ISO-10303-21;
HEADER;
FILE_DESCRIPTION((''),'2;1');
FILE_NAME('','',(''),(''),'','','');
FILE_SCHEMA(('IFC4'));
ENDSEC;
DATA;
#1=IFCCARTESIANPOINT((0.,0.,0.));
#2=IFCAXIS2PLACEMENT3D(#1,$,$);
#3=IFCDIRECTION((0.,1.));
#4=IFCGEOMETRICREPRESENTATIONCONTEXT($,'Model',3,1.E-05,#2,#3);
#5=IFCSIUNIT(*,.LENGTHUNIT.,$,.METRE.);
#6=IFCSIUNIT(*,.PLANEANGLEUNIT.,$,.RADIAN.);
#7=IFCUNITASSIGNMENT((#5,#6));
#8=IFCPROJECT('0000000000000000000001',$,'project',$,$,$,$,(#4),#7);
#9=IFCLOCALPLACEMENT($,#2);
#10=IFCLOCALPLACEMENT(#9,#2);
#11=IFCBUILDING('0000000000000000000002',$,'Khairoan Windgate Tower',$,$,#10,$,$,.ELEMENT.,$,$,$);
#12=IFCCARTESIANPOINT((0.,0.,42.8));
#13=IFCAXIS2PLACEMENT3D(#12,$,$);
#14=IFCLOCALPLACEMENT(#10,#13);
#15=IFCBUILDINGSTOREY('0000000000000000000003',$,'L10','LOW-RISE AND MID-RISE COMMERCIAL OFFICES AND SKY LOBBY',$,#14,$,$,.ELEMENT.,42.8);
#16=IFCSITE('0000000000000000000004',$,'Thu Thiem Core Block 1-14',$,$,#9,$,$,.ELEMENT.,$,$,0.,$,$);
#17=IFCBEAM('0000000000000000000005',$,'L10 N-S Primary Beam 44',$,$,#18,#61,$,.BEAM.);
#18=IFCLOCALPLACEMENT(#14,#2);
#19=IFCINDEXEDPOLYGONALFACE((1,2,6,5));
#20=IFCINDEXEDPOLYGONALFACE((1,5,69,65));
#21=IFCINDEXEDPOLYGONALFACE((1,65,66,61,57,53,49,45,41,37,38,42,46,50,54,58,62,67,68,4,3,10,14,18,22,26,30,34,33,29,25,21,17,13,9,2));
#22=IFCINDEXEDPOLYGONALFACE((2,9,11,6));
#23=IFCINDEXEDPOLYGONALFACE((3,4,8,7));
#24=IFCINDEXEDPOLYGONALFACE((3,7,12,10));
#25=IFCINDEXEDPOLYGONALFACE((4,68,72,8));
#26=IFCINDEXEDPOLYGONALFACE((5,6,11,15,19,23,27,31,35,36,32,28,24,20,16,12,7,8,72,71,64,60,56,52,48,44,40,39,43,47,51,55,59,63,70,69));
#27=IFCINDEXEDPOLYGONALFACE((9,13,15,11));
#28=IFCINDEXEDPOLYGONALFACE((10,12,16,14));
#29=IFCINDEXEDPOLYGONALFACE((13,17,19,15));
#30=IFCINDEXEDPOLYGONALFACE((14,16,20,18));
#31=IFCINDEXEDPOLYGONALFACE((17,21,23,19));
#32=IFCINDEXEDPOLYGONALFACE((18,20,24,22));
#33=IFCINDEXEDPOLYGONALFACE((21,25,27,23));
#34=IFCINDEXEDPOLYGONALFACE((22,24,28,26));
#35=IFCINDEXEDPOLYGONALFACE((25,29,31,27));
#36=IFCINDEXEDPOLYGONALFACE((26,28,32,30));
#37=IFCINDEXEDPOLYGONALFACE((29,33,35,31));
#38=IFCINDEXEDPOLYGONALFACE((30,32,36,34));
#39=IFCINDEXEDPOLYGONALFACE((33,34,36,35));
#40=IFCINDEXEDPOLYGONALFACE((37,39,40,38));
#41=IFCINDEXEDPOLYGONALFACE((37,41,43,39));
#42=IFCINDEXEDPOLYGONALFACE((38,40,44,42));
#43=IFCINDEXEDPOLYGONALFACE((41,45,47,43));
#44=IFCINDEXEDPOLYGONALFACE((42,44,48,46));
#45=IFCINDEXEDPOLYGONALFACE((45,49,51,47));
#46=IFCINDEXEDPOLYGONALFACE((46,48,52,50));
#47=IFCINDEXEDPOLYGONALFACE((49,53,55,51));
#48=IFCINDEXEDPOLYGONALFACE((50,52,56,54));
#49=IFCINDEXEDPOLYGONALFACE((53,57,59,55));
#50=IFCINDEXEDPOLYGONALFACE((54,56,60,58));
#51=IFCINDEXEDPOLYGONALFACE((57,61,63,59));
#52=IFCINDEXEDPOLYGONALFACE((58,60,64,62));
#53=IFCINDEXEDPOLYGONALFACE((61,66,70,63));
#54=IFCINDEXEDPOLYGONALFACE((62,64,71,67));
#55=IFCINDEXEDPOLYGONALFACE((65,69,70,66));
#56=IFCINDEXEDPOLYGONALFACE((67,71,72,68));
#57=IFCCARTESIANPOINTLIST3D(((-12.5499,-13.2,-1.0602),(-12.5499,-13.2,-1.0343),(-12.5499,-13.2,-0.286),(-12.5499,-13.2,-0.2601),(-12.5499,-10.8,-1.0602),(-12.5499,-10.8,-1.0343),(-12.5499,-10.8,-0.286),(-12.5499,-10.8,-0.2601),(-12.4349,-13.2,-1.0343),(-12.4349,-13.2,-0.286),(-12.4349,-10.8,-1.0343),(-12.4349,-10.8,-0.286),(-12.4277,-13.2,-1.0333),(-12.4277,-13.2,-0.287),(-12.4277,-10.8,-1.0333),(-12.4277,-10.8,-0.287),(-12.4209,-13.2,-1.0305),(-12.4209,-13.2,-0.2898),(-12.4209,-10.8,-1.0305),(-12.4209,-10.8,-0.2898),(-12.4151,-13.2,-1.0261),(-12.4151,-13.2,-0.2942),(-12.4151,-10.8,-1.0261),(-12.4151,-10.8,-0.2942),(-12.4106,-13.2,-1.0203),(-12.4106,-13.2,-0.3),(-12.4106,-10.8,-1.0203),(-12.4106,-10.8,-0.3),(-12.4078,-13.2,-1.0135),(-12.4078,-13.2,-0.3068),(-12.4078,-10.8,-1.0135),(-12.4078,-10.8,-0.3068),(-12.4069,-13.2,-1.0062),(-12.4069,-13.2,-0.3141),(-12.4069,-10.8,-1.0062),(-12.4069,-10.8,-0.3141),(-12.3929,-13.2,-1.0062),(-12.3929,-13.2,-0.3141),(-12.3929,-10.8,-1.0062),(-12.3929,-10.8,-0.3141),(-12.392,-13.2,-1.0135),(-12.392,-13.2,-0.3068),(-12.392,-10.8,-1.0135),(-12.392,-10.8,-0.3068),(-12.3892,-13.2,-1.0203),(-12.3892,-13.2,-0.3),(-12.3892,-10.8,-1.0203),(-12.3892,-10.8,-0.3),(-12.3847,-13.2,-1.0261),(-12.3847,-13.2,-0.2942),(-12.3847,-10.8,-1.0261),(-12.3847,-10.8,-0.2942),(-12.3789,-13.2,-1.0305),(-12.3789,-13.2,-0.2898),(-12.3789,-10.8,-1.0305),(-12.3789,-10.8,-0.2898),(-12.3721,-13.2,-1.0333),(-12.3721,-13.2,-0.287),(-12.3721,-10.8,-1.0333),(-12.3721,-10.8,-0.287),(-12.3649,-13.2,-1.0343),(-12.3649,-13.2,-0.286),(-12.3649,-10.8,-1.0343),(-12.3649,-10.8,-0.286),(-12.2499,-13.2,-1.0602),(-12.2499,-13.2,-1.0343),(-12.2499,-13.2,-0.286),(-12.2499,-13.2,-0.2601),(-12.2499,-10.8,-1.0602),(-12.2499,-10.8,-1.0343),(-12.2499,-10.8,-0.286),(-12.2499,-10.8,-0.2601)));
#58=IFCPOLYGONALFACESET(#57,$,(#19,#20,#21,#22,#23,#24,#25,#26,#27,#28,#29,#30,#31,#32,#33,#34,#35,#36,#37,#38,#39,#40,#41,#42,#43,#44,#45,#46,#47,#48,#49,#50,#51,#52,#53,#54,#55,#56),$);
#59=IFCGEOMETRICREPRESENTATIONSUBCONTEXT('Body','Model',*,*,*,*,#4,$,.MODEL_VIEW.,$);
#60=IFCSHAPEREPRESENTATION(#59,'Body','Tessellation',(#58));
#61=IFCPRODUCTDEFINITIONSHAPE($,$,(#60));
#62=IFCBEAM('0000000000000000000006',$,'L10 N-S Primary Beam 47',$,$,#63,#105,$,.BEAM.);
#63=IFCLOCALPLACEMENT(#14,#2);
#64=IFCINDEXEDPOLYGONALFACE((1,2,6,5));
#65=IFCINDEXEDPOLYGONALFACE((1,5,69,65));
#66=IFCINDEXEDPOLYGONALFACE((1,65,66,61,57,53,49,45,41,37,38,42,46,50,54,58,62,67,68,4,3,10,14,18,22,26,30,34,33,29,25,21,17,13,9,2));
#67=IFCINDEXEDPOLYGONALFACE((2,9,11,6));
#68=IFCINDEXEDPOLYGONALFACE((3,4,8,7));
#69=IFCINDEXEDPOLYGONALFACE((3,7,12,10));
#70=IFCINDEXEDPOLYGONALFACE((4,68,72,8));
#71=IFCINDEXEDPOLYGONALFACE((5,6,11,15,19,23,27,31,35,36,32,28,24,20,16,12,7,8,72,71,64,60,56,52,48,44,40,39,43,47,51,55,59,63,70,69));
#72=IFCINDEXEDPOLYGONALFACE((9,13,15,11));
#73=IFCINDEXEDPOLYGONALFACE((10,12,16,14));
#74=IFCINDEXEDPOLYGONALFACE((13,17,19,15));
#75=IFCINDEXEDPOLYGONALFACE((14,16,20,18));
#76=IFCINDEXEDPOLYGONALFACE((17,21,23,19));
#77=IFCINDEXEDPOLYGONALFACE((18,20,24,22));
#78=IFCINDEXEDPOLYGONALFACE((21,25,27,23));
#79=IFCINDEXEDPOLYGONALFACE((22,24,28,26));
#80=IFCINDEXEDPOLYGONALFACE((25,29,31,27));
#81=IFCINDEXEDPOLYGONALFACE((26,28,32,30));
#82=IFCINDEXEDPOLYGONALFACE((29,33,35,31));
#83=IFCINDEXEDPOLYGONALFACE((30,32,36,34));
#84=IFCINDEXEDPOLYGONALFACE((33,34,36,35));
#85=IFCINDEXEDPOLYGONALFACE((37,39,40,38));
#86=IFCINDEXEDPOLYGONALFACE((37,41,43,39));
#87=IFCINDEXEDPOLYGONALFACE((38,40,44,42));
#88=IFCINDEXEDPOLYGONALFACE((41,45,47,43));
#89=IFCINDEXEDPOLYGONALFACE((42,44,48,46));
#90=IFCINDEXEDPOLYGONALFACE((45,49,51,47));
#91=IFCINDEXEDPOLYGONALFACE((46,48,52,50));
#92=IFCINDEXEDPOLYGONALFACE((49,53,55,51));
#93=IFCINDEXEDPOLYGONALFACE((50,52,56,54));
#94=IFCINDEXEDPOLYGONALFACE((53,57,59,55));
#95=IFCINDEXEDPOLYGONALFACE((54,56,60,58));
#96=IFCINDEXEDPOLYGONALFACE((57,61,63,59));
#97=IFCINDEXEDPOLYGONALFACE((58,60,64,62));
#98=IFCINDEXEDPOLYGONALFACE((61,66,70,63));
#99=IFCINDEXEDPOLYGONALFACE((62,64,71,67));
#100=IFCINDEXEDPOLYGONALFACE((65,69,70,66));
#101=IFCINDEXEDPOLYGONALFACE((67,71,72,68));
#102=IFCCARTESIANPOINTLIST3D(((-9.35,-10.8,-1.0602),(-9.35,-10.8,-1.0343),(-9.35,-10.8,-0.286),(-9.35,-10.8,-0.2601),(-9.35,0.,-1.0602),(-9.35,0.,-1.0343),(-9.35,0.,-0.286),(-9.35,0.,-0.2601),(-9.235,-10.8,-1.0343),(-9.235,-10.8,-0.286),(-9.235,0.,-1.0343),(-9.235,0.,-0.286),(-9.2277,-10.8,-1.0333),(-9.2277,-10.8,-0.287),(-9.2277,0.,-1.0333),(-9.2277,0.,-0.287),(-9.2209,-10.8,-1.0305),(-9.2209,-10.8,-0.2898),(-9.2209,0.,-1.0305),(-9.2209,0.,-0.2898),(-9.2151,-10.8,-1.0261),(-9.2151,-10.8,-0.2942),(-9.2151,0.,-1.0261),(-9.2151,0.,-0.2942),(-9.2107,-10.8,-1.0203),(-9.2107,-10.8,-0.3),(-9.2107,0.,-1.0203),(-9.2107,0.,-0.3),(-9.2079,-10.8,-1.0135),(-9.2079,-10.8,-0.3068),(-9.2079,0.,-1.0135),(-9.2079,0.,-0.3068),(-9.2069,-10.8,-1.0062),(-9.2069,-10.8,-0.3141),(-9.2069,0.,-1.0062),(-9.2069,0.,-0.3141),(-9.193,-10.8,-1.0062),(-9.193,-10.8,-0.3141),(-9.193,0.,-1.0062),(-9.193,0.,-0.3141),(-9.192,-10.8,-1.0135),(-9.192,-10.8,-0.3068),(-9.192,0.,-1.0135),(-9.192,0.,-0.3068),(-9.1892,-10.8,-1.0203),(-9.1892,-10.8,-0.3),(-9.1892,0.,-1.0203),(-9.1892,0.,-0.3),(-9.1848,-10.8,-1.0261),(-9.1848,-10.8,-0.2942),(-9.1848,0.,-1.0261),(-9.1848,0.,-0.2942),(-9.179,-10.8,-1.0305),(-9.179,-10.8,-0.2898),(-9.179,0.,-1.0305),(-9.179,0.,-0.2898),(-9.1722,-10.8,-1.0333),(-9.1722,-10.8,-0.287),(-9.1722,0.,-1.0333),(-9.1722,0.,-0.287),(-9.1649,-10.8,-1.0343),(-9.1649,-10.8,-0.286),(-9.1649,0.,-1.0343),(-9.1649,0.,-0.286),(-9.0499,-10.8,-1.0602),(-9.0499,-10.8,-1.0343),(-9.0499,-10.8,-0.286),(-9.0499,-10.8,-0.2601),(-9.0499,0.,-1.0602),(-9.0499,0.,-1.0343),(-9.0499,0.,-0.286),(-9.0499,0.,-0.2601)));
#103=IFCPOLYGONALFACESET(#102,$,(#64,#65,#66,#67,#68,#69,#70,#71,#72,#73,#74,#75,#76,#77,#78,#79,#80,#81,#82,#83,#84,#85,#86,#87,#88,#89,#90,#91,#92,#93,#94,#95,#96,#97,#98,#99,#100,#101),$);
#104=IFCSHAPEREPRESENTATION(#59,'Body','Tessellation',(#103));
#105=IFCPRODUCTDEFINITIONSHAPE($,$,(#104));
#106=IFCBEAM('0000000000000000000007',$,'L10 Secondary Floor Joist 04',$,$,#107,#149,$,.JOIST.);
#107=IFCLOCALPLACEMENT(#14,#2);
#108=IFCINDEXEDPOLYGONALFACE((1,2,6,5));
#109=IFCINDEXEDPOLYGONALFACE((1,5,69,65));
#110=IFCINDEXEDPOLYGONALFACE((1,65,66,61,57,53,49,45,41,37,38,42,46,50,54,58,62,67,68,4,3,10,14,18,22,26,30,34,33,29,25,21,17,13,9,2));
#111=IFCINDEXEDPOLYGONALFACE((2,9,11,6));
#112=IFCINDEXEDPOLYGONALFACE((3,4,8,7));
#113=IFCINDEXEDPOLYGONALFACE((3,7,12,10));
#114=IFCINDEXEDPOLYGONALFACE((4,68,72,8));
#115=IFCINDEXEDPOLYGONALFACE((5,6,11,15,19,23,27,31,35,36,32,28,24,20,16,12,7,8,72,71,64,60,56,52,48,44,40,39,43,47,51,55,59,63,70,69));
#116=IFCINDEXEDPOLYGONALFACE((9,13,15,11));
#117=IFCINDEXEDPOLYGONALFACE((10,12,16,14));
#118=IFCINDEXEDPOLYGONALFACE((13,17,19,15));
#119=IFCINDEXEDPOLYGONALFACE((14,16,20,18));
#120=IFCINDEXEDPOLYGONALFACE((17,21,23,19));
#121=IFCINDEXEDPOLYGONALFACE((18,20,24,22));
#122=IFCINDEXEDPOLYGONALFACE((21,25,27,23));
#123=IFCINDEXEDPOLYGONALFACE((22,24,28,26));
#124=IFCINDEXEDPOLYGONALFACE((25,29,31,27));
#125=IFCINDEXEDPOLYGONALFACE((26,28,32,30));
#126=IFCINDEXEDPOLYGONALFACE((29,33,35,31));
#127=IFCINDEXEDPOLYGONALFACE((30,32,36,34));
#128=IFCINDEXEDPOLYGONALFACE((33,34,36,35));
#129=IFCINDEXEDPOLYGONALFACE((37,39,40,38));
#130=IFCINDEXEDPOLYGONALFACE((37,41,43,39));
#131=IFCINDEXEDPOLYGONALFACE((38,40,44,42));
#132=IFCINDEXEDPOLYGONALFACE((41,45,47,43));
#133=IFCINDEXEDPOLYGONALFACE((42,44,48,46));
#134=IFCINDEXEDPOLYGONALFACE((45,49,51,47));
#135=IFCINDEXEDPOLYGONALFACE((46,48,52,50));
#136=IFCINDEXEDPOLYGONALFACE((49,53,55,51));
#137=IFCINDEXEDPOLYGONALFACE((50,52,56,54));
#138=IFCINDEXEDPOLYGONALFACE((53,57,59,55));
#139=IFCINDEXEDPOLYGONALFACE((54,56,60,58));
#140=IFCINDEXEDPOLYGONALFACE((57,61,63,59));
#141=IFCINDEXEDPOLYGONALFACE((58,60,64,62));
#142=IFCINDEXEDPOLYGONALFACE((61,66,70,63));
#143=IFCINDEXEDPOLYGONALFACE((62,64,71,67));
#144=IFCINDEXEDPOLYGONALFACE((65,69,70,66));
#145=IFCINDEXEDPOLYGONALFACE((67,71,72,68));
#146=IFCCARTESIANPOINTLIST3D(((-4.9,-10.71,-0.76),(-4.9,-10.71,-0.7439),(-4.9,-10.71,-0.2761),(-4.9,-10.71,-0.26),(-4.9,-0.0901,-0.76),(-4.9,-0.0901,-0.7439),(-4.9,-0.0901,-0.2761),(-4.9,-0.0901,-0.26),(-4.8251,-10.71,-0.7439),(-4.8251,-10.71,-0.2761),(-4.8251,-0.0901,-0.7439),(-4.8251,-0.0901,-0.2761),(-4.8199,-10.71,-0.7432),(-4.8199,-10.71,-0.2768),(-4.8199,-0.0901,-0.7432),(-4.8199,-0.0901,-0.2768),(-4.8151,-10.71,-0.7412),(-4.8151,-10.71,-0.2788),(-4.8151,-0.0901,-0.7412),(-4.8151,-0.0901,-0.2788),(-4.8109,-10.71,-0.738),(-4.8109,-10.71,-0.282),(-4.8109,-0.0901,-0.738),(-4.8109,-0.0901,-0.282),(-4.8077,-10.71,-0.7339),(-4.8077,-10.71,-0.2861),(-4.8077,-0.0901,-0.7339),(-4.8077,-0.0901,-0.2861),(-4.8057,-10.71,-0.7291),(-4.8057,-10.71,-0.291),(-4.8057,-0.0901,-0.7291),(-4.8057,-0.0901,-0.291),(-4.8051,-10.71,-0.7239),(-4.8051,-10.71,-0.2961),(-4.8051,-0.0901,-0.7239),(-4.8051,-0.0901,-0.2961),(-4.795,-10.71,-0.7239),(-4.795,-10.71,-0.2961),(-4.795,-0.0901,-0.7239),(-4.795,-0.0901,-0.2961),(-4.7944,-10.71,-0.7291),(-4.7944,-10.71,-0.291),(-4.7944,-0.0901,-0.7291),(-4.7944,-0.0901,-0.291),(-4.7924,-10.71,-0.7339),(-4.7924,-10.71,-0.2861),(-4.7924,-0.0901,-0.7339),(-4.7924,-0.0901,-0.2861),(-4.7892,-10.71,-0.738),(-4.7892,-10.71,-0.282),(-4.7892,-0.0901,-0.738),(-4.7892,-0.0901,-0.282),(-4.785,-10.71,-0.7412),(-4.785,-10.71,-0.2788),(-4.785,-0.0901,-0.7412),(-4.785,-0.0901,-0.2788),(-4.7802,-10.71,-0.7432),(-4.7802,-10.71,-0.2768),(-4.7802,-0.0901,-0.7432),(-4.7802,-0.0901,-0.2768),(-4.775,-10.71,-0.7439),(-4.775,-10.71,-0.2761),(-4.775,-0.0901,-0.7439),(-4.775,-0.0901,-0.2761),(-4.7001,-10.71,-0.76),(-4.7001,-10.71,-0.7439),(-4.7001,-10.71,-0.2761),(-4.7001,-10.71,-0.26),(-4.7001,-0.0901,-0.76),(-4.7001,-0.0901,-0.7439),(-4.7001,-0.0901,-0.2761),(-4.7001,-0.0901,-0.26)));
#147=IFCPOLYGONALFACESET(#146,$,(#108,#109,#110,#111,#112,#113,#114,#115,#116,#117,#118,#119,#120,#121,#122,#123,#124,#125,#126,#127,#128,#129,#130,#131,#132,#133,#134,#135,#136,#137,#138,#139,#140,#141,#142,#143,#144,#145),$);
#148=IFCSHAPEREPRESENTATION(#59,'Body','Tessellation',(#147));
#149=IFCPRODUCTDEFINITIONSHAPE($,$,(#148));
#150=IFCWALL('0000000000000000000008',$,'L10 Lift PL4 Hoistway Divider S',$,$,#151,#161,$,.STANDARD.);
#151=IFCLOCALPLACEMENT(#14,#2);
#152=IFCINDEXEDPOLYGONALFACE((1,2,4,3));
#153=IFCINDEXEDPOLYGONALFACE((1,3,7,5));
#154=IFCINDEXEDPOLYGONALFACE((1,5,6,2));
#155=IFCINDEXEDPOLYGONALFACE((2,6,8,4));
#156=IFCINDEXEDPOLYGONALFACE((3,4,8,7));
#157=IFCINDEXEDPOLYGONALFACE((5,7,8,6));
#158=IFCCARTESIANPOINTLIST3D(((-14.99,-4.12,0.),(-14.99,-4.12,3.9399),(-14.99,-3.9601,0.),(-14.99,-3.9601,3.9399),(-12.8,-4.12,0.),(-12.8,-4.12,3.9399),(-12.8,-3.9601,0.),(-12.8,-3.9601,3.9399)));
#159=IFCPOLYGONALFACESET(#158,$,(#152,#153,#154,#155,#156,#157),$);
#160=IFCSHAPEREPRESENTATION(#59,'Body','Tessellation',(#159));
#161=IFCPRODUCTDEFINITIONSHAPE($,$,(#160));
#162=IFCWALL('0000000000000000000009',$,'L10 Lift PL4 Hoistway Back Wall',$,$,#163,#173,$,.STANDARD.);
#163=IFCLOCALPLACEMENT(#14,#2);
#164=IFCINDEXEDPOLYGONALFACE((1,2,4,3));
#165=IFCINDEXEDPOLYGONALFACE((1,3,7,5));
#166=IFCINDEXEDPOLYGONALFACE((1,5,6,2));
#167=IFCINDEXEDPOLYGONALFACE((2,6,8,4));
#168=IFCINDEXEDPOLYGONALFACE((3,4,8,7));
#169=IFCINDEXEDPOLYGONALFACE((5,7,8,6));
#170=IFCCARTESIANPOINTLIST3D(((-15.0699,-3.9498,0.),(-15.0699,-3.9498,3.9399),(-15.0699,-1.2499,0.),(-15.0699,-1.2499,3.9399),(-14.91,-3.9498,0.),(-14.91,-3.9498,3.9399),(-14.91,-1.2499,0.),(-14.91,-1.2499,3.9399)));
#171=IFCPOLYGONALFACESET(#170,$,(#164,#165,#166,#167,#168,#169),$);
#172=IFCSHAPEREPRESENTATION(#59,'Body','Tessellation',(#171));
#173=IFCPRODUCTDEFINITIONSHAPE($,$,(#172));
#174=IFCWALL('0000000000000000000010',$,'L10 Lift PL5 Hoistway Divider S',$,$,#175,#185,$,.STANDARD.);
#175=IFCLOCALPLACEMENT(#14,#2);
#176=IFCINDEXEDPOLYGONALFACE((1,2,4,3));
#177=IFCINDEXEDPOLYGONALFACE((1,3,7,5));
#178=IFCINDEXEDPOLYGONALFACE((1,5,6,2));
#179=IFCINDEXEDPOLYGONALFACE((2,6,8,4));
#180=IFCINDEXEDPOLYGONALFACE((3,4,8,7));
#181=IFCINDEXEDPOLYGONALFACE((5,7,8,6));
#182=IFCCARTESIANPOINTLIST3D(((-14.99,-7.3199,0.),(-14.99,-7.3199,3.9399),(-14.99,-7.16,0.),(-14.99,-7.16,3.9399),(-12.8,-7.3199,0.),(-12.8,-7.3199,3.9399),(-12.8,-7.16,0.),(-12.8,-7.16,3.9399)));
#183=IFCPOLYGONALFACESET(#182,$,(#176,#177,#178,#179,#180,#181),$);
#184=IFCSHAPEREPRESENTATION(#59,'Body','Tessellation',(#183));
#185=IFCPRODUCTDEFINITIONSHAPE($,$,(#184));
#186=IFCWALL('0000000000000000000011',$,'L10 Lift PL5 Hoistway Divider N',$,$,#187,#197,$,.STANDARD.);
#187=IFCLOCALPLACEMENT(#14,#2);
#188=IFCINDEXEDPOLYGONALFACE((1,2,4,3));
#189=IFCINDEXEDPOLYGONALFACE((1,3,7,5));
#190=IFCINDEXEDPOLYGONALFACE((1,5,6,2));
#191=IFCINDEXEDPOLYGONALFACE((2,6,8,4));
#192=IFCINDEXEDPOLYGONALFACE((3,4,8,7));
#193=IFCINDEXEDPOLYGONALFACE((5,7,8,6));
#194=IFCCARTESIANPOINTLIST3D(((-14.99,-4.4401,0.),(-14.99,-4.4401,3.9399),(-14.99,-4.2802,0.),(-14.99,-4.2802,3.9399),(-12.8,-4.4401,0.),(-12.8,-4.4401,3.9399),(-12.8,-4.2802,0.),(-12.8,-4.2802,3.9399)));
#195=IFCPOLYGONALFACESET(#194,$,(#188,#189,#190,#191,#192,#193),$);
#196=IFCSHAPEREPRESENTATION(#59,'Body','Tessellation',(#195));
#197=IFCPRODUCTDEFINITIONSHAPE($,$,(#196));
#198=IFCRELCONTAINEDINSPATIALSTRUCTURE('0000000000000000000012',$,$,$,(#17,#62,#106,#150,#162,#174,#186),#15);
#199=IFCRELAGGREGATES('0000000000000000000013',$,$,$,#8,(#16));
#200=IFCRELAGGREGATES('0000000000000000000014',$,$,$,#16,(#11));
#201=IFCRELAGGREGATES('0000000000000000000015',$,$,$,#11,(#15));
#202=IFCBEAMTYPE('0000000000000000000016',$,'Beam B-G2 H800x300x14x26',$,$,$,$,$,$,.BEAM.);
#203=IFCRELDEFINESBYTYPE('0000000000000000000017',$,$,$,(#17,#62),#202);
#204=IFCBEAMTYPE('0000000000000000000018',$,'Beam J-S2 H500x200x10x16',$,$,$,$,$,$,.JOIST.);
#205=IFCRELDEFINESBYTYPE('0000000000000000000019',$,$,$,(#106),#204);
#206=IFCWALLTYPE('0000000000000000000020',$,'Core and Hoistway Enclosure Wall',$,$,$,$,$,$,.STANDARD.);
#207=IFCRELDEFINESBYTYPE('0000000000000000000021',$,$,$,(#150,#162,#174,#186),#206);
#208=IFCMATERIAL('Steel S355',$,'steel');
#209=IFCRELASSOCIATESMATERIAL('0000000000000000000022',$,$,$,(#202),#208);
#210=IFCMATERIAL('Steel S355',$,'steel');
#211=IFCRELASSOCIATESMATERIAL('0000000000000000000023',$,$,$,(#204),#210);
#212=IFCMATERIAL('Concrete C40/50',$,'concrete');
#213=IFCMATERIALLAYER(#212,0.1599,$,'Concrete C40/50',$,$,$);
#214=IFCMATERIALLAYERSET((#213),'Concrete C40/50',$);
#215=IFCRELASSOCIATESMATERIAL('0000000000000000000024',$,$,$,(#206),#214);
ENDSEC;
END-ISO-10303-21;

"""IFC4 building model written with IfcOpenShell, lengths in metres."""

from ifc_helpers import new_model, si_unit, direction, frame, frame_2d, origin, origin_2d, place, context, subcontext, project, spatial, rectangle, i_section, extrude, material, layer, layer_set, material_profile, profile_set, type_object, element, save


model = new_model("IFC4")

# Units and contexts
model_context = context("Model", 3, precision=1e-05, world=origin(), true_north=direction((0.0, 1.0)))
body_context = subcontext(model_context, "Body", "Model", "MODEL_VIEW")
ifc_project = project(units=[si_unit("LENGTHUNIT", "METRE"), si_unit("PLANEANGLEUNIT", "RADIAN")], contexts=[model_context])

# Site, building, storey
site_placement = place(None, origin())
site = spatial("IfcSite", under=ifc_project, at=site_placement, Name="Thu Thiem Core Block 1-14", CompositionType="ELEMENT", RefElevation=0.0)
building_placement = place(site_placement, origin())
building = spatial("IfcBuilding", under=site, at=building_placement, Name="Khairoan Windgate Tower", CompositionType="ELEMENT")
storey_placement = place(building_placement, frame((0.0, 0.0, 42.8)))
storey = spatial("IfcBuildingStorey", under=building, at=storey_placement, Name="L10", Description="LOW-RISE AND MID-RISE COMMERCIAL OFFICES AND SKY LOBBY", CompositionType="ELEMENT", Elevation=42.8)

# Beams
ifc_material_1 = material(Name="Steel S355", Category="steel")
ifc_material_profile_1 = material_profile(ifc_material_1, i_section(OverallWidth=0.3, OverallDepth=0.8, WebThickness=0.0139, FlangeThickness=0.0259, FilletRadius=0.0281, at=origin_2d()))
ifc_profile_set_1 = profile_set([ifc_material_profile_1], Name="Steel S355")
beam_type_1 = type_object("IfcBeamType", Name="Beam B-G2 H800x300x14x26", PredefinedType="BEAM", material=ifc_profile_set_1)
beam_1_placement = place(storey_placement, frame((-12.3999, -13.2, -0.6602), z_axis=(0.0, 1.0, 0.0), x_axis=(-1.0, 0.0, 0.0)))
element("IfcBeam", 1, at=beam_1_placement, inside=storey, type_object=beam_type_1, Name="L10 N-S Primary Beam 44", PredefinedType="BEAM", context=body_context, shape_type="SweptSolid", body=[
    extrude(i_section(OverallWidth=0.3, OverallDepth=0.8, WebThickness=0.0139, FlangeThickness=0.0259, FilletRadius=0.0281, at=origin_2d()), origin(), (0.0, 0.0, 1.0), 2.3999),
])
beam_2_placement = place(storey_placement, frame((-9.2, -10.8, -0.6602), z_axis=(0.0, 1.0, 0.0), x_axis=(-1.0, 0.0, 0.0)))
element("IfcBeam", 2, at=beam_2_placement, inside=storey, type_object=beam_type_1, Name="L10 N-S Primary Beam 47", PredefinedType="BEAM", context=body_context, shape_type="SweptSolid", body=[
    extrude(i_section(OverallWidth=0.3, OverallDepth=0.8, WebThickness=0.0139, FlangeThickness=0.0259, FilletRadius=0.0281, at=origin_2d()), origin(), (0.0, 0.0, 1.0), 10.8),
])
ifc_material_2 = material(Name="Steel S355", Category="steel")
ifc_material_profile_2 = material_profile(ifc_material_2, i_section(OverallWidth=0.2, OverallDepth=0.5, WebThickness=0.01, FlangeThickness=0.0161, FilletRadius=0.02, at=origin_2d()))
ifc_profile_set_2 = profile_set([ifc_material_profile_2], Name="Steel S355")
beam_type_2 = type_object("IfcBeamType", Name="Beam J-S2 H500x200x10x16", PredefinedType="JOIST", material=ifc_profile_set_2)
beam_3_placement = place(storey_placement, frame((-4.8, -10.71, -0.51), z_axis=(0.0, 1.0, 0.0), x_axis=(-1.0, 0.0, 0.0)))
element("IfcBeam", 3, at=beam_3_placement, inside=storey, type_object=beam_type_2, Name="L10 Secondary Floor Joist 04", PredefinedType="JOIST", context=body_context, shape_type="SweptSolid", body=[
    extrude(i_section(OverallWidth=0.2, OverallDepth=0.5, WebThickness=0.01, FlangeThickness=0.0161, FilletRadius=0.02, at=origin_2d()), origin(), (0.0, 0.0, 1.0), 10.6199),
])

# Walls
ifc_material_3 = material(Name="Concrete C40/50", Category="concrete")
ifc_layer_1 = layer(ifc_material_3, 0.1599, Name="Concrete C40/50")
ifc_layer_set_1 = layer_set([ifc_layer_1], Name="Concrete C40/50")
wall_type_1 = type_object("IfcWallType", Name="Core and Hoistway Enclosure Wall", PredefinedType="STANDARD", material=ifc_layer_set_1)
wall_1_placement = place(storey_placement, frame((-14.99, -4.04, 0.0), z_axis=(0.0, 0.0, 1.0), x_axis=(1.0, 0.0, 0.0)))
element("IfcWall", 4, at=wall_1_placement, inside=storey, type_object=wall_type_1, Name="L10 Lift PL4 Hoistway Divider S", PredefinedType="STANDARD", context=body_context, shape_type="SweptSolid", body=[
    extrude(rectangle(XDim=2.1899, YDim=0.1599, at=frame_2d((1.095, 0.0))), origin(), (0.0, 0.0, 1.0), 3.9399),
])
wall_2_placement = place(storey_placement, frame((-14.99, -3.95, 0.0), z_axis=(0.0, 0.0, 1.0), x_axis=(0.0, 1.0, 0.0)))
element("IfcWall", 5, at=wall_2_placement, inside=storey, type_object=wall_type_1, Name="L10 Lift PL4 Hoistway Back Wall", PredefinedType="STANDARD", context=body_context, shape_type="SweptSolid", body=[
    extrude(rectangle(XDim=2.7, YDim=0.1599, at=frame_2d((1.3501, 0.0))), origin(), (0.0, 0.0, 1.0), 3.9399),
])
for number, where, z_axis, x_axis, name in (
    (6, (-14.99, -7.24, 0.0), (0.0, 0.0, 1.0), (1.0, 0.0, 0.0), "L10 Lift PL5 Hoistway Divider S"),
    (7, (-14.99, -4.3601, 0.0), (0.0, 0.0, 1.0), (1.0, 0.0, 0.0), "L10 Lift PL5 Hoistway Divider N"),
):
    element("IfcWall", number, at=place(storey_placement, frame(where, z_axis=z_axis, x_axis=x_axis)), inside=storey, type_object=wall_type_1, Name=name, PredefinedType="STANDARD", context=body_context, shape_type="SweptSolid", body=[
        extrude(rectangle(XDim=2.1899, YDim=0.1599, at=frame_2d((1.095, 0.0))), origin(), (0.0, 0.0, 1.0), 3.9399),
    ])

save(model, "model.ifc")
